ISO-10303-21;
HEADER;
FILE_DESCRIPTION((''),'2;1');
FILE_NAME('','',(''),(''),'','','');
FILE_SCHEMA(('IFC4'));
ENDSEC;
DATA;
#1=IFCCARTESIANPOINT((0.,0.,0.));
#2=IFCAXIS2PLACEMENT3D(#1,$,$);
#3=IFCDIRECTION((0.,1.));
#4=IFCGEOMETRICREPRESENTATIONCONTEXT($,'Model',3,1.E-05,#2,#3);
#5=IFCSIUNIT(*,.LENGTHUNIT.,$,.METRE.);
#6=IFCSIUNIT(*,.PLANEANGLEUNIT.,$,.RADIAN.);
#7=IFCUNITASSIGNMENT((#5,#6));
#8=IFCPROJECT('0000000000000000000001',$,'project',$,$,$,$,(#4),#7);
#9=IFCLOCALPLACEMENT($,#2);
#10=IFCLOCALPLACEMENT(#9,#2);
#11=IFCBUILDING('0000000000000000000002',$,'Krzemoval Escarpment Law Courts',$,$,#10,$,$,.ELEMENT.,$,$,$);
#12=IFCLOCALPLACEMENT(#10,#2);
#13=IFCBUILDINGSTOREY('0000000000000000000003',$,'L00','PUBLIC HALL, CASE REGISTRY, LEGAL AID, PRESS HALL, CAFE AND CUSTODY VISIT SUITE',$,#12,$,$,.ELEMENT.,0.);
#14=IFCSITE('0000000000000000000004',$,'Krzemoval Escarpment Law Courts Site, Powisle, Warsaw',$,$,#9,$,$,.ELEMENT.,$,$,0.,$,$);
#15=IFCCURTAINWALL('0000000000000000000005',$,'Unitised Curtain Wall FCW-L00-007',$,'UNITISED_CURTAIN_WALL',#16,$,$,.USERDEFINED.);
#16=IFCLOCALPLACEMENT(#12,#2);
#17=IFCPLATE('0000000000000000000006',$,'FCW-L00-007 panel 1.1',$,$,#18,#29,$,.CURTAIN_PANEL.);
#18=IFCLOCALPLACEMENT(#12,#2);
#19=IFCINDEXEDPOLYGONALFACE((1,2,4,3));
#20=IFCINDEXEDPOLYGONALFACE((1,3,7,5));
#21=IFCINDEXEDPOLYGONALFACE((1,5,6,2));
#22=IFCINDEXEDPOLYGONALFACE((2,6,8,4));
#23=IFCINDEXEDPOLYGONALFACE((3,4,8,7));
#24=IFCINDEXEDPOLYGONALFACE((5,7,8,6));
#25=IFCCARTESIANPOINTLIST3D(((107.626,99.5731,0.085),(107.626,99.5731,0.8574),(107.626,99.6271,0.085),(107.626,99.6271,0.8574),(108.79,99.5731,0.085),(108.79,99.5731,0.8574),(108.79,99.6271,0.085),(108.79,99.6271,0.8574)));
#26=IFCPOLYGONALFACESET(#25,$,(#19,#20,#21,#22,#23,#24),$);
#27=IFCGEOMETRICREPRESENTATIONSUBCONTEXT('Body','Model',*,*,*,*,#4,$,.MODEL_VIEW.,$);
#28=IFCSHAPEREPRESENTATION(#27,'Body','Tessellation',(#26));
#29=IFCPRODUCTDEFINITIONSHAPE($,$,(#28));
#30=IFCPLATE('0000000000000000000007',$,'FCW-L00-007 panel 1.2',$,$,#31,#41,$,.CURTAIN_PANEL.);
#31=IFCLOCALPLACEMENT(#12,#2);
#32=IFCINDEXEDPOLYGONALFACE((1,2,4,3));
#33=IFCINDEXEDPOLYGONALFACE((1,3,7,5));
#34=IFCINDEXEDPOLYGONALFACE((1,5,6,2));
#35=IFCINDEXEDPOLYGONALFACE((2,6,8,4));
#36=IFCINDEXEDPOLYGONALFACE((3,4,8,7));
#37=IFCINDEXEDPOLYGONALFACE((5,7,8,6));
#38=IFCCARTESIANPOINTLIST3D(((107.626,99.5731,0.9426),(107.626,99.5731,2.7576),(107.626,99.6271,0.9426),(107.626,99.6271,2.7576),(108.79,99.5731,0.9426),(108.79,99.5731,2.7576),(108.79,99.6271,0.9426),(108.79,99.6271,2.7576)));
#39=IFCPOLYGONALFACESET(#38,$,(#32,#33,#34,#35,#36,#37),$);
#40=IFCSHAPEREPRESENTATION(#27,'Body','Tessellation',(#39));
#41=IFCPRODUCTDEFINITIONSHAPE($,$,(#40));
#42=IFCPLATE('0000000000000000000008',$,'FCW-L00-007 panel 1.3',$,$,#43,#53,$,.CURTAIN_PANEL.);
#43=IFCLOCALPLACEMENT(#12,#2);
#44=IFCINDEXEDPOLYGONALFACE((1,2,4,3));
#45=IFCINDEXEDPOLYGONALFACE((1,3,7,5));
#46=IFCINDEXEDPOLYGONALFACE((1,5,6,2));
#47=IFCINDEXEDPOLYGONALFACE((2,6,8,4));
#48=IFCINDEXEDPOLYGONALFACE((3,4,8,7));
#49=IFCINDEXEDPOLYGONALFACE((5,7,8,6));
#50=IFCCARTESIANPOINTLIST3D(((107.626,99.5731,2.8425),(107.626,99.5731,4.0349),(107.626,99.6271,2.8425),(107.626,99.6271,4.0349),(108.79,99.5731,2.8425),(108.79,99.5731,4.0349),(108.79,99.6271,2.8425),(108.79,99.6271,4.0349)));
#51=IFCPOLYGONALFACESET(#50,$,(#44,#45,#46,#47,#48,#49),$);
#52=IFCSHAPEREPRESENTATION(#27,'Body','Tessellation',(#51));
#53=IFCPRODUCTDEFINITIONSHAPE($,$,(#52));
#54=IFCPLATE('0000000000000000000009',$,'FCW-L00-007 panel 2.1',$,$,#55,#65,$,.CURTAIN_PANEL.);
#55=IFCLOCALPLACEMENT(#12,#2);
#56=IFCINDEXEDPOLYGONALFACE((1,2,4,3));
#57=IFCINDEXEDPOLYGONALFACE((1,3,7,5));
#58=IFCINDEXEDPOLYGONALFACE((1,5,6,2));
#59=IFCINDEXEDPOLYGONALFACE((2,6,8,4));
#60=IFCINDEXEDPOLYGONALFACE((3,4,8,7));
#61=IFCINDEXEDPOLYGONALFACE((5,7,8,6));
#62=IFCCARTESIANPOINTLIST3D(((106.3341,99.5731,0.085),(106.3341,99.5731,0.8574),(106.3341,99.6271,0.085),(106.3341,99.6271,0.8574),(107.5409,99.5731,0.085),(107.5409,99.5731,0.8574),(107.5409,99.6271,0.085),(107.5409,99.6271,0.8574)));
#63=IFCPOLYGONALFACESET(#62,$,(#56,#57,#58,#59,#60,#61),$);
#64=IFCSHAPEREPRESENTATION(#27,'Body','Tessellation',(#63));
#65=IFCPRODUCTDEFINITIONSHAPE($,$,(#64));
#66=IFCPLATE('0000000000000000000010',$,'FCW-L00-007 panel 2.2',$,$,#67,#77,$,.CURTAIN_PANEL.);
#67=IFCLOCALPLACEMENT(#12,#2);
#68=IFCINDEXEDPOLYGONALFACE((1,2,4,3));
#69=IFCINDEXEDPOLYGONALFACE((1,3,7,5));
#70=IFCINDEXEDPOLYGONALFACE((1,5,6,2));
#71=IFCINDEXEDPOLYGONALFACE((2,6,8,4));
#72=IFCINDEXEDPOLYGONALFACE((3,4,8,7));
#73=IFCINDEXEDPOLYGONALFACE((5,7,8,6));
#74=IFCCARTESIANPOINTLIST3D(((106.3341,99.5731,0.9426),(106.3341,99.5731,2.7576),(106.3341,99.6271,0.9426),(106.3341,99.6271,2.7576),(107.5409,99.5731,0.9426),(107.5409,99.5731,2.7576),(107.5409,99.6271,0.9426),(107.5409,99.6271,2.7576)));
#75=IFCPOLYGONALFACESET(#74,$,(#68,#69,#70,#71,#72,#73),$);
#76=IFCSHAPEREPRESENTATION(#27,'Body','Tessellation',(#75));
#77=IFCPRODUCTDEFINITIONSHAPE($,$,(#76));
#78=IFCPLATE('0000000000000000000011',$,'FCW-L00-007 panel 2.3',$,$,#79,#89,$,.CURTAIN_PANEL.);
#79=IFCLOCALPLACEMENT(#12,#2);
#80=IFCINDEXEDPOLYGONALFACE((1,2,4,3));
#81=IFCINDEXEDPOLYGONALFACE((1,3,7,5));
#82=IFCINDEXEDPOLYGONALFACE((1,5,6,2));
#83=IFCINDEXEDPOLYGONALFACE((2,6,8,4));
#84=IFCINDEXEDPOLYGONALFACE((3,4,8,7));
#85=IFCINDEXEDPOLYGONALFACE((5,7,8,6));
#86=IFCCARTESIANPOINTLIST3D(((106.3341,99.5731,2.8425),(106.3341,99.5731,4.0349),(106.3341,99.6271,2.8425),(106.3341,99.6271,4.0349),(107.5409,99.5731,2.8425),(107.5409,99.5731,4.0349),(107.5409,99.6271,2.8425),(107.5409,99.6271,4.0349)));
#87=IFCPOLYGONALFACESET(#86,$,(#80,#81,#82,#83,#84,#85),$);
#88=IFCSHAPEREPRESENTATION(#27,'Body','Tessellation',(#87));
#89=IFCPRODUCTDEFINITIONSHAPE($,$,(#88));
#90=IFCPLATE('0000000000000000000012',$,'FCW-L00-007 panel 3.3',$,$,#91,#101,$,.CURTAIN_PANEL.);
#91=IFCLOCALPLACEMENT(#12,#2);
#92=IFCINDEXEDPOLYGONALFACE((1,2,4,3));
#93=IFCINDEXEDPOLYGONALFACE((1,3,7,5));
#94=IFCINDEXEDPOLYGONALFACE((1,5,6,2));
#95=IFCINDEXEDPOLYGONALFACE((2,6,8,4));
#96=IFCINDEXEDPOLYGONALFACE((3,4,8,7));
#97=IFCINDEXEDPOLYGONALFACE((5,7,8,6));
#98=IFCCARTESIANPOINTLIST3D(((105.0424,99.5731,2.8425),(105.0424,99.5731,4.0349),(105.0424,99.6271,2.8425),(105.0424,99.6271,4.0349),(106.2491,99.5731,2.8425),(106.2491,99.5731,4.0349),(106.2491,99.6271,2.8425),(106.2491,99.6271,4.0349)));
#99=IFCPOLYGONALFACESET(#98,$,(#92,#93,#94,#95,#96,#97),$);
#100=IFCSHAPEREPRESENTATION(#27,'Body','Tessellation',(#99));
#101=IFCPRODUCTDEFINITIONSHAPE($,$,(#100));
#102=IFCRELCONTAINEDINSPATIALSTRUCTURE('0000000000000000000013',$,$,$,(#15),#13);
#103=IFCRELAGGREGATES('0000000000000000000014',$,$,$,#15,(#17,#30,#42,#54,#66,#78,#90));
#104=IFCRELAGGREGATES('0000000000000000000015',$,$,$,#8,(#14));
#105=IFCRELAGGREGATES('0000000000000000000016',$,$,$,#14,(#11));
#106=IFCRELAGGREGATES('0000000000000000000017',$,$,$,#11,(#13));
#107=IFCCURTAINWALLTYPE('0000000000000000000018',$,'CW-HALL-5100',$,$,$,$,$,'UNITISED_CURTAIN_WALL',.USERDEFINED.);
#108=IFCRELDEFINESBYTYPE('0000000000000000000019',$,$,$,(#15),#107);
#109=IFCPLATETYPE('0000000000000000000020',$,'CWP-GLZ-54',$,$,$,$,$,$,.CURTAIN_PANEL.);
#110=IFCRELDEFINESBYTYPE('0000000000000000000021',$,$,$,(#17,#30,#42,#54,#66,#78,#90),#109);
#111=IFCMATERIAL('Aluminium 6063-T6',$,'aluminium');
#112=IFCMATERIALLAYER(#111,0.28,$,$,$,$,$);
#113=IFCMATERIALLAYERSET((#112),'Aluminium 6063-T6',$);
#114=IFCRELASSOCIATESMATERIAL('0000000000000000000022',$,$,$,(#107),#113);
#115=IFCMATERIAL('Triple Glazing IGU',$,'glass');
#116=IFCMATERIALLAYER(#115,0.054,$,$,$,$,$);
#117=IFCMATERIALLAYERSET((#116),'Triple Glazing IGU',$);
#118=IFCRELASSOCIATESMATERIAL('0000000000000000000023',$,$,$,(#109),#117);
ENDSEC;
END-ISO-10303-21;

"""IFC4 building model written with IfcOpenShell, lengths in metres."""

from ifc_helpers import new_model, si_unit, direction, frame, origin, origin_2d, place, context, subcontext, project, spatial, rectangle, extrude, material, layer, layer_set, type_object, element, aggregate, save


model = new_model("IFC4")

# Units and contexts
model_context = context("Model", 3, precision=1e-05, world=origin(), true_north=direction((0.0, 1.0)))
body_context = subcontext(model_context, "Body", "Model", "MODEL_VIEW")
ifc_project = project(units=[si_unit("LENGTHUNIT", "METRE"), si_unit("PLANEANGLEUNIT", "RADIAN")], contexts=[model_context])

# Site, building, storey
site_placement = place(None, origin())
site = spatial("IfcSite", under=ifc_project, at=site_placement, Name="Krzemoval Escarpment Law Courts Site, Powisle, Warsaw", CompositionType="ELEMENT", RefElevation=0.0)
building_placement = place(site_placement, origin())
building = spatial("IfcBuilding", under=site, at=building_placement, Name="Krzemoval Escarpment Law Courts", CompositionType="ELEMENT")
storey_placement = place(building_placement, origin())
storey = spatial("IfcBuildingStorey", under=building, at=storey_placement, Name="L00", Description="PUBLIC HALL, CASE REGISTRY, LEGAL AID, PRESS HALL, CAFE AND CUSTODY VISIT SUITE", CompositionType="ELEMENT", Elevation=0.0)

# Curtain wall, plates
ifc_material_1 = material(Name="Aluminium 6063-T6", Category="aluminium")
ifc_layer_1 = layer(ifc_material_1, 0.28)
ifc_layer_set_1 = layer_set([ifc_layer_1], Name="Aluminium 6063-T6")
curtain_wall_type = type_object("IfcCurtainWallType", Name="CW-HALL-5100", ElementType="UNITISED_CURTAIN_WALL", PredefinedType="USERDEFINED", material=ifc_layer_set_1)
curtain_wall_placement = place(storey_placement, origin())
curtain_wall = element("IfcCurtainWall", 1, at=curtain_wall_placement, inside=storey, type_object=curtain_wall_type, Name="Unitised Curtain Wall FCW-L00-007", ObjectType="UNITISED_CURTAIN_WALL", PredefinedType="USERDEFINED")
ifc_material_2 = material(Name="Triple Glazing IGU", Category="glass")
ifc_layer_2 = layer(ifc_material_2, 0.054)
ifc_layer_set_2 = layer_set([ifc_layer_2], Name="Triple Glazing IGU")
plate_type = type_object("IfcPlateType", Name="CWP-GLZ-54", PredefinedType="CURTAIN_PANEL", material=ifc_layer_set_2)
plate_1_placement = place(storey_placement, frame((108.208, 99.6001, 0.085), z_axis=(0.0, 0.0, 1.0), x_axis=(-1.0, 0.0, 0.0)))
plate_1 = element("IfcPlate", 2, at=plate_1_placement, type_object=plate_type, Name="FCW-L00-007 panel 1.1", PredefinedType="CURTAIN_PANEL", context=body_context, shape_type="SweptSolid", body=[
    extrude(rectangle(XDim=1.1641, YDim=0.054, at=origin_2d()), origin(), (0.0, 0.0, 1.0), 0.7725),
])
plate_2_placement = place(storey_placement, frame((108.208, 99.6001, 0.9426), z_axis=(0.0, 0.0, 1.0), x_axis=(-1.0, 0.0, 0.0)))
plate_2 = element("IfcPlate", 3, at=plate_2_placement, type_object=plate_type, Name="FCW-L00-007 panel 1.2", PredefinedType="CURTAIN_PANEL", context=body_context, shape_type="SweptSolid", body=[
    extrude(rectangle(XDim=1.1641, YDim=0.054, at=origin_2d()), origin(), (0.0, 0.0, 1.0), 1.8149),
])
plate_3_placement = place(storey_placement, frame((108.208, 99.6001, 2.8425), z_axis=(0.0, 0.0, 1.0), x_axis=(-1.0, 0.0, 0.0)))
plate_3 = element("IfcPlate", 4, at=plate_3_placement, type_object=plate_type, Name="FCW-L00-007 panel 1.3", PredefinedType="CURTAIN_PANEL", context=body_context, shape_type="SweptSolid", body=[
    extrude(rectangle(XDim=1.1641, YDim=0.054, at=origin_2d()), origin(), (0.0, 0.0, 1.0), 1.1924),
])
plate_4_placement = place(storey_placement, frame((106.9375, 99.6001, 0.085), z_axis=(0.0, 0.0, 1.0), x_axis=(-1.0, 0.0, 0.0)))
plate_4 = element("IfcPlate", 5, at=plate_4_placement, type_object=plate_type, Name="FCW-L00-007 panel 2.1", PredefinedType="CURTAIN_PANEL", context=body_context, shape_type="SweptSolid", body=[
    extrude(rectangle(XDim=1.2068, YDim=0.054, at=origin_2d()), origin(), (0.0, 0.0, 1.0), 0.7725),
])
plate_5_placement = place(storey_placement, frame((106.9375, 99.6001, 0.9426), z_axis=(0.0, 0.0, 1.0), x_axis=(-1.0, 0.0, 0.0)))
plate_5 = element("IfcPlate", 6, at=plate_5_placement, type_object=plate_type, Name="FCW-L00-007 panel 2.2", PredefinedType="CURTAIN_PANEL", context=body_context, shape_type="SweptSolid", body=[
    extrude(rectangle(XDim=1.2068, YDim=0.054, at=origin_2d()), origin(), (0.0, 0.0, 1.0), 1.8149),
])
plate_6_placement = place(storey_placement, frame((106.9375, 99.6001, 2.8425), z_axis=(0.0, 0.0, 1.0), x_axis=(-1.0, 0.0, 0.0)))
plate_6 = element("IfcPlate", 7, at=plate_6_placement, type_object=plate_type, Name="FCW-L00-007 panel 2.3", PredefinedType="CURTAIN_PANEL", context=body_context, shape_type="SweptSolid", body=[
    extrude(rectangle(XDim=1.2068, YDim=0.054, at=origin_2d()), origin(), (0.0, 0.0, 1.0), 1.1924),
])
plate_7_placement = place(storey_placement, frame((105.6458, 99.6001, 2.8425), z_axis=(0.0, 0.0, 1.0), x_axis=(-1.0, 0.0, 0.0)))
plate_7 = element("IfcPlate", 8, at=plate_7_placement, type_object=plate_type, Name="FCW-L00-007 panel 3.3", PredefinedType="CURTAIN_PANEL", context=body_context, shape_type="SweptSolid", body=[
    extrude(rectangle(XDim=1.2068, YDim=0.054, at=origin_2d()), origin(), (0.0, 0.0, 1.0), 1.1924),
])
aggregate(curtain_wall, [plate_1, plate_2, plate_3, plate_4, plate_5, plate_6, plate_7])

save(model, "model.ifc")
